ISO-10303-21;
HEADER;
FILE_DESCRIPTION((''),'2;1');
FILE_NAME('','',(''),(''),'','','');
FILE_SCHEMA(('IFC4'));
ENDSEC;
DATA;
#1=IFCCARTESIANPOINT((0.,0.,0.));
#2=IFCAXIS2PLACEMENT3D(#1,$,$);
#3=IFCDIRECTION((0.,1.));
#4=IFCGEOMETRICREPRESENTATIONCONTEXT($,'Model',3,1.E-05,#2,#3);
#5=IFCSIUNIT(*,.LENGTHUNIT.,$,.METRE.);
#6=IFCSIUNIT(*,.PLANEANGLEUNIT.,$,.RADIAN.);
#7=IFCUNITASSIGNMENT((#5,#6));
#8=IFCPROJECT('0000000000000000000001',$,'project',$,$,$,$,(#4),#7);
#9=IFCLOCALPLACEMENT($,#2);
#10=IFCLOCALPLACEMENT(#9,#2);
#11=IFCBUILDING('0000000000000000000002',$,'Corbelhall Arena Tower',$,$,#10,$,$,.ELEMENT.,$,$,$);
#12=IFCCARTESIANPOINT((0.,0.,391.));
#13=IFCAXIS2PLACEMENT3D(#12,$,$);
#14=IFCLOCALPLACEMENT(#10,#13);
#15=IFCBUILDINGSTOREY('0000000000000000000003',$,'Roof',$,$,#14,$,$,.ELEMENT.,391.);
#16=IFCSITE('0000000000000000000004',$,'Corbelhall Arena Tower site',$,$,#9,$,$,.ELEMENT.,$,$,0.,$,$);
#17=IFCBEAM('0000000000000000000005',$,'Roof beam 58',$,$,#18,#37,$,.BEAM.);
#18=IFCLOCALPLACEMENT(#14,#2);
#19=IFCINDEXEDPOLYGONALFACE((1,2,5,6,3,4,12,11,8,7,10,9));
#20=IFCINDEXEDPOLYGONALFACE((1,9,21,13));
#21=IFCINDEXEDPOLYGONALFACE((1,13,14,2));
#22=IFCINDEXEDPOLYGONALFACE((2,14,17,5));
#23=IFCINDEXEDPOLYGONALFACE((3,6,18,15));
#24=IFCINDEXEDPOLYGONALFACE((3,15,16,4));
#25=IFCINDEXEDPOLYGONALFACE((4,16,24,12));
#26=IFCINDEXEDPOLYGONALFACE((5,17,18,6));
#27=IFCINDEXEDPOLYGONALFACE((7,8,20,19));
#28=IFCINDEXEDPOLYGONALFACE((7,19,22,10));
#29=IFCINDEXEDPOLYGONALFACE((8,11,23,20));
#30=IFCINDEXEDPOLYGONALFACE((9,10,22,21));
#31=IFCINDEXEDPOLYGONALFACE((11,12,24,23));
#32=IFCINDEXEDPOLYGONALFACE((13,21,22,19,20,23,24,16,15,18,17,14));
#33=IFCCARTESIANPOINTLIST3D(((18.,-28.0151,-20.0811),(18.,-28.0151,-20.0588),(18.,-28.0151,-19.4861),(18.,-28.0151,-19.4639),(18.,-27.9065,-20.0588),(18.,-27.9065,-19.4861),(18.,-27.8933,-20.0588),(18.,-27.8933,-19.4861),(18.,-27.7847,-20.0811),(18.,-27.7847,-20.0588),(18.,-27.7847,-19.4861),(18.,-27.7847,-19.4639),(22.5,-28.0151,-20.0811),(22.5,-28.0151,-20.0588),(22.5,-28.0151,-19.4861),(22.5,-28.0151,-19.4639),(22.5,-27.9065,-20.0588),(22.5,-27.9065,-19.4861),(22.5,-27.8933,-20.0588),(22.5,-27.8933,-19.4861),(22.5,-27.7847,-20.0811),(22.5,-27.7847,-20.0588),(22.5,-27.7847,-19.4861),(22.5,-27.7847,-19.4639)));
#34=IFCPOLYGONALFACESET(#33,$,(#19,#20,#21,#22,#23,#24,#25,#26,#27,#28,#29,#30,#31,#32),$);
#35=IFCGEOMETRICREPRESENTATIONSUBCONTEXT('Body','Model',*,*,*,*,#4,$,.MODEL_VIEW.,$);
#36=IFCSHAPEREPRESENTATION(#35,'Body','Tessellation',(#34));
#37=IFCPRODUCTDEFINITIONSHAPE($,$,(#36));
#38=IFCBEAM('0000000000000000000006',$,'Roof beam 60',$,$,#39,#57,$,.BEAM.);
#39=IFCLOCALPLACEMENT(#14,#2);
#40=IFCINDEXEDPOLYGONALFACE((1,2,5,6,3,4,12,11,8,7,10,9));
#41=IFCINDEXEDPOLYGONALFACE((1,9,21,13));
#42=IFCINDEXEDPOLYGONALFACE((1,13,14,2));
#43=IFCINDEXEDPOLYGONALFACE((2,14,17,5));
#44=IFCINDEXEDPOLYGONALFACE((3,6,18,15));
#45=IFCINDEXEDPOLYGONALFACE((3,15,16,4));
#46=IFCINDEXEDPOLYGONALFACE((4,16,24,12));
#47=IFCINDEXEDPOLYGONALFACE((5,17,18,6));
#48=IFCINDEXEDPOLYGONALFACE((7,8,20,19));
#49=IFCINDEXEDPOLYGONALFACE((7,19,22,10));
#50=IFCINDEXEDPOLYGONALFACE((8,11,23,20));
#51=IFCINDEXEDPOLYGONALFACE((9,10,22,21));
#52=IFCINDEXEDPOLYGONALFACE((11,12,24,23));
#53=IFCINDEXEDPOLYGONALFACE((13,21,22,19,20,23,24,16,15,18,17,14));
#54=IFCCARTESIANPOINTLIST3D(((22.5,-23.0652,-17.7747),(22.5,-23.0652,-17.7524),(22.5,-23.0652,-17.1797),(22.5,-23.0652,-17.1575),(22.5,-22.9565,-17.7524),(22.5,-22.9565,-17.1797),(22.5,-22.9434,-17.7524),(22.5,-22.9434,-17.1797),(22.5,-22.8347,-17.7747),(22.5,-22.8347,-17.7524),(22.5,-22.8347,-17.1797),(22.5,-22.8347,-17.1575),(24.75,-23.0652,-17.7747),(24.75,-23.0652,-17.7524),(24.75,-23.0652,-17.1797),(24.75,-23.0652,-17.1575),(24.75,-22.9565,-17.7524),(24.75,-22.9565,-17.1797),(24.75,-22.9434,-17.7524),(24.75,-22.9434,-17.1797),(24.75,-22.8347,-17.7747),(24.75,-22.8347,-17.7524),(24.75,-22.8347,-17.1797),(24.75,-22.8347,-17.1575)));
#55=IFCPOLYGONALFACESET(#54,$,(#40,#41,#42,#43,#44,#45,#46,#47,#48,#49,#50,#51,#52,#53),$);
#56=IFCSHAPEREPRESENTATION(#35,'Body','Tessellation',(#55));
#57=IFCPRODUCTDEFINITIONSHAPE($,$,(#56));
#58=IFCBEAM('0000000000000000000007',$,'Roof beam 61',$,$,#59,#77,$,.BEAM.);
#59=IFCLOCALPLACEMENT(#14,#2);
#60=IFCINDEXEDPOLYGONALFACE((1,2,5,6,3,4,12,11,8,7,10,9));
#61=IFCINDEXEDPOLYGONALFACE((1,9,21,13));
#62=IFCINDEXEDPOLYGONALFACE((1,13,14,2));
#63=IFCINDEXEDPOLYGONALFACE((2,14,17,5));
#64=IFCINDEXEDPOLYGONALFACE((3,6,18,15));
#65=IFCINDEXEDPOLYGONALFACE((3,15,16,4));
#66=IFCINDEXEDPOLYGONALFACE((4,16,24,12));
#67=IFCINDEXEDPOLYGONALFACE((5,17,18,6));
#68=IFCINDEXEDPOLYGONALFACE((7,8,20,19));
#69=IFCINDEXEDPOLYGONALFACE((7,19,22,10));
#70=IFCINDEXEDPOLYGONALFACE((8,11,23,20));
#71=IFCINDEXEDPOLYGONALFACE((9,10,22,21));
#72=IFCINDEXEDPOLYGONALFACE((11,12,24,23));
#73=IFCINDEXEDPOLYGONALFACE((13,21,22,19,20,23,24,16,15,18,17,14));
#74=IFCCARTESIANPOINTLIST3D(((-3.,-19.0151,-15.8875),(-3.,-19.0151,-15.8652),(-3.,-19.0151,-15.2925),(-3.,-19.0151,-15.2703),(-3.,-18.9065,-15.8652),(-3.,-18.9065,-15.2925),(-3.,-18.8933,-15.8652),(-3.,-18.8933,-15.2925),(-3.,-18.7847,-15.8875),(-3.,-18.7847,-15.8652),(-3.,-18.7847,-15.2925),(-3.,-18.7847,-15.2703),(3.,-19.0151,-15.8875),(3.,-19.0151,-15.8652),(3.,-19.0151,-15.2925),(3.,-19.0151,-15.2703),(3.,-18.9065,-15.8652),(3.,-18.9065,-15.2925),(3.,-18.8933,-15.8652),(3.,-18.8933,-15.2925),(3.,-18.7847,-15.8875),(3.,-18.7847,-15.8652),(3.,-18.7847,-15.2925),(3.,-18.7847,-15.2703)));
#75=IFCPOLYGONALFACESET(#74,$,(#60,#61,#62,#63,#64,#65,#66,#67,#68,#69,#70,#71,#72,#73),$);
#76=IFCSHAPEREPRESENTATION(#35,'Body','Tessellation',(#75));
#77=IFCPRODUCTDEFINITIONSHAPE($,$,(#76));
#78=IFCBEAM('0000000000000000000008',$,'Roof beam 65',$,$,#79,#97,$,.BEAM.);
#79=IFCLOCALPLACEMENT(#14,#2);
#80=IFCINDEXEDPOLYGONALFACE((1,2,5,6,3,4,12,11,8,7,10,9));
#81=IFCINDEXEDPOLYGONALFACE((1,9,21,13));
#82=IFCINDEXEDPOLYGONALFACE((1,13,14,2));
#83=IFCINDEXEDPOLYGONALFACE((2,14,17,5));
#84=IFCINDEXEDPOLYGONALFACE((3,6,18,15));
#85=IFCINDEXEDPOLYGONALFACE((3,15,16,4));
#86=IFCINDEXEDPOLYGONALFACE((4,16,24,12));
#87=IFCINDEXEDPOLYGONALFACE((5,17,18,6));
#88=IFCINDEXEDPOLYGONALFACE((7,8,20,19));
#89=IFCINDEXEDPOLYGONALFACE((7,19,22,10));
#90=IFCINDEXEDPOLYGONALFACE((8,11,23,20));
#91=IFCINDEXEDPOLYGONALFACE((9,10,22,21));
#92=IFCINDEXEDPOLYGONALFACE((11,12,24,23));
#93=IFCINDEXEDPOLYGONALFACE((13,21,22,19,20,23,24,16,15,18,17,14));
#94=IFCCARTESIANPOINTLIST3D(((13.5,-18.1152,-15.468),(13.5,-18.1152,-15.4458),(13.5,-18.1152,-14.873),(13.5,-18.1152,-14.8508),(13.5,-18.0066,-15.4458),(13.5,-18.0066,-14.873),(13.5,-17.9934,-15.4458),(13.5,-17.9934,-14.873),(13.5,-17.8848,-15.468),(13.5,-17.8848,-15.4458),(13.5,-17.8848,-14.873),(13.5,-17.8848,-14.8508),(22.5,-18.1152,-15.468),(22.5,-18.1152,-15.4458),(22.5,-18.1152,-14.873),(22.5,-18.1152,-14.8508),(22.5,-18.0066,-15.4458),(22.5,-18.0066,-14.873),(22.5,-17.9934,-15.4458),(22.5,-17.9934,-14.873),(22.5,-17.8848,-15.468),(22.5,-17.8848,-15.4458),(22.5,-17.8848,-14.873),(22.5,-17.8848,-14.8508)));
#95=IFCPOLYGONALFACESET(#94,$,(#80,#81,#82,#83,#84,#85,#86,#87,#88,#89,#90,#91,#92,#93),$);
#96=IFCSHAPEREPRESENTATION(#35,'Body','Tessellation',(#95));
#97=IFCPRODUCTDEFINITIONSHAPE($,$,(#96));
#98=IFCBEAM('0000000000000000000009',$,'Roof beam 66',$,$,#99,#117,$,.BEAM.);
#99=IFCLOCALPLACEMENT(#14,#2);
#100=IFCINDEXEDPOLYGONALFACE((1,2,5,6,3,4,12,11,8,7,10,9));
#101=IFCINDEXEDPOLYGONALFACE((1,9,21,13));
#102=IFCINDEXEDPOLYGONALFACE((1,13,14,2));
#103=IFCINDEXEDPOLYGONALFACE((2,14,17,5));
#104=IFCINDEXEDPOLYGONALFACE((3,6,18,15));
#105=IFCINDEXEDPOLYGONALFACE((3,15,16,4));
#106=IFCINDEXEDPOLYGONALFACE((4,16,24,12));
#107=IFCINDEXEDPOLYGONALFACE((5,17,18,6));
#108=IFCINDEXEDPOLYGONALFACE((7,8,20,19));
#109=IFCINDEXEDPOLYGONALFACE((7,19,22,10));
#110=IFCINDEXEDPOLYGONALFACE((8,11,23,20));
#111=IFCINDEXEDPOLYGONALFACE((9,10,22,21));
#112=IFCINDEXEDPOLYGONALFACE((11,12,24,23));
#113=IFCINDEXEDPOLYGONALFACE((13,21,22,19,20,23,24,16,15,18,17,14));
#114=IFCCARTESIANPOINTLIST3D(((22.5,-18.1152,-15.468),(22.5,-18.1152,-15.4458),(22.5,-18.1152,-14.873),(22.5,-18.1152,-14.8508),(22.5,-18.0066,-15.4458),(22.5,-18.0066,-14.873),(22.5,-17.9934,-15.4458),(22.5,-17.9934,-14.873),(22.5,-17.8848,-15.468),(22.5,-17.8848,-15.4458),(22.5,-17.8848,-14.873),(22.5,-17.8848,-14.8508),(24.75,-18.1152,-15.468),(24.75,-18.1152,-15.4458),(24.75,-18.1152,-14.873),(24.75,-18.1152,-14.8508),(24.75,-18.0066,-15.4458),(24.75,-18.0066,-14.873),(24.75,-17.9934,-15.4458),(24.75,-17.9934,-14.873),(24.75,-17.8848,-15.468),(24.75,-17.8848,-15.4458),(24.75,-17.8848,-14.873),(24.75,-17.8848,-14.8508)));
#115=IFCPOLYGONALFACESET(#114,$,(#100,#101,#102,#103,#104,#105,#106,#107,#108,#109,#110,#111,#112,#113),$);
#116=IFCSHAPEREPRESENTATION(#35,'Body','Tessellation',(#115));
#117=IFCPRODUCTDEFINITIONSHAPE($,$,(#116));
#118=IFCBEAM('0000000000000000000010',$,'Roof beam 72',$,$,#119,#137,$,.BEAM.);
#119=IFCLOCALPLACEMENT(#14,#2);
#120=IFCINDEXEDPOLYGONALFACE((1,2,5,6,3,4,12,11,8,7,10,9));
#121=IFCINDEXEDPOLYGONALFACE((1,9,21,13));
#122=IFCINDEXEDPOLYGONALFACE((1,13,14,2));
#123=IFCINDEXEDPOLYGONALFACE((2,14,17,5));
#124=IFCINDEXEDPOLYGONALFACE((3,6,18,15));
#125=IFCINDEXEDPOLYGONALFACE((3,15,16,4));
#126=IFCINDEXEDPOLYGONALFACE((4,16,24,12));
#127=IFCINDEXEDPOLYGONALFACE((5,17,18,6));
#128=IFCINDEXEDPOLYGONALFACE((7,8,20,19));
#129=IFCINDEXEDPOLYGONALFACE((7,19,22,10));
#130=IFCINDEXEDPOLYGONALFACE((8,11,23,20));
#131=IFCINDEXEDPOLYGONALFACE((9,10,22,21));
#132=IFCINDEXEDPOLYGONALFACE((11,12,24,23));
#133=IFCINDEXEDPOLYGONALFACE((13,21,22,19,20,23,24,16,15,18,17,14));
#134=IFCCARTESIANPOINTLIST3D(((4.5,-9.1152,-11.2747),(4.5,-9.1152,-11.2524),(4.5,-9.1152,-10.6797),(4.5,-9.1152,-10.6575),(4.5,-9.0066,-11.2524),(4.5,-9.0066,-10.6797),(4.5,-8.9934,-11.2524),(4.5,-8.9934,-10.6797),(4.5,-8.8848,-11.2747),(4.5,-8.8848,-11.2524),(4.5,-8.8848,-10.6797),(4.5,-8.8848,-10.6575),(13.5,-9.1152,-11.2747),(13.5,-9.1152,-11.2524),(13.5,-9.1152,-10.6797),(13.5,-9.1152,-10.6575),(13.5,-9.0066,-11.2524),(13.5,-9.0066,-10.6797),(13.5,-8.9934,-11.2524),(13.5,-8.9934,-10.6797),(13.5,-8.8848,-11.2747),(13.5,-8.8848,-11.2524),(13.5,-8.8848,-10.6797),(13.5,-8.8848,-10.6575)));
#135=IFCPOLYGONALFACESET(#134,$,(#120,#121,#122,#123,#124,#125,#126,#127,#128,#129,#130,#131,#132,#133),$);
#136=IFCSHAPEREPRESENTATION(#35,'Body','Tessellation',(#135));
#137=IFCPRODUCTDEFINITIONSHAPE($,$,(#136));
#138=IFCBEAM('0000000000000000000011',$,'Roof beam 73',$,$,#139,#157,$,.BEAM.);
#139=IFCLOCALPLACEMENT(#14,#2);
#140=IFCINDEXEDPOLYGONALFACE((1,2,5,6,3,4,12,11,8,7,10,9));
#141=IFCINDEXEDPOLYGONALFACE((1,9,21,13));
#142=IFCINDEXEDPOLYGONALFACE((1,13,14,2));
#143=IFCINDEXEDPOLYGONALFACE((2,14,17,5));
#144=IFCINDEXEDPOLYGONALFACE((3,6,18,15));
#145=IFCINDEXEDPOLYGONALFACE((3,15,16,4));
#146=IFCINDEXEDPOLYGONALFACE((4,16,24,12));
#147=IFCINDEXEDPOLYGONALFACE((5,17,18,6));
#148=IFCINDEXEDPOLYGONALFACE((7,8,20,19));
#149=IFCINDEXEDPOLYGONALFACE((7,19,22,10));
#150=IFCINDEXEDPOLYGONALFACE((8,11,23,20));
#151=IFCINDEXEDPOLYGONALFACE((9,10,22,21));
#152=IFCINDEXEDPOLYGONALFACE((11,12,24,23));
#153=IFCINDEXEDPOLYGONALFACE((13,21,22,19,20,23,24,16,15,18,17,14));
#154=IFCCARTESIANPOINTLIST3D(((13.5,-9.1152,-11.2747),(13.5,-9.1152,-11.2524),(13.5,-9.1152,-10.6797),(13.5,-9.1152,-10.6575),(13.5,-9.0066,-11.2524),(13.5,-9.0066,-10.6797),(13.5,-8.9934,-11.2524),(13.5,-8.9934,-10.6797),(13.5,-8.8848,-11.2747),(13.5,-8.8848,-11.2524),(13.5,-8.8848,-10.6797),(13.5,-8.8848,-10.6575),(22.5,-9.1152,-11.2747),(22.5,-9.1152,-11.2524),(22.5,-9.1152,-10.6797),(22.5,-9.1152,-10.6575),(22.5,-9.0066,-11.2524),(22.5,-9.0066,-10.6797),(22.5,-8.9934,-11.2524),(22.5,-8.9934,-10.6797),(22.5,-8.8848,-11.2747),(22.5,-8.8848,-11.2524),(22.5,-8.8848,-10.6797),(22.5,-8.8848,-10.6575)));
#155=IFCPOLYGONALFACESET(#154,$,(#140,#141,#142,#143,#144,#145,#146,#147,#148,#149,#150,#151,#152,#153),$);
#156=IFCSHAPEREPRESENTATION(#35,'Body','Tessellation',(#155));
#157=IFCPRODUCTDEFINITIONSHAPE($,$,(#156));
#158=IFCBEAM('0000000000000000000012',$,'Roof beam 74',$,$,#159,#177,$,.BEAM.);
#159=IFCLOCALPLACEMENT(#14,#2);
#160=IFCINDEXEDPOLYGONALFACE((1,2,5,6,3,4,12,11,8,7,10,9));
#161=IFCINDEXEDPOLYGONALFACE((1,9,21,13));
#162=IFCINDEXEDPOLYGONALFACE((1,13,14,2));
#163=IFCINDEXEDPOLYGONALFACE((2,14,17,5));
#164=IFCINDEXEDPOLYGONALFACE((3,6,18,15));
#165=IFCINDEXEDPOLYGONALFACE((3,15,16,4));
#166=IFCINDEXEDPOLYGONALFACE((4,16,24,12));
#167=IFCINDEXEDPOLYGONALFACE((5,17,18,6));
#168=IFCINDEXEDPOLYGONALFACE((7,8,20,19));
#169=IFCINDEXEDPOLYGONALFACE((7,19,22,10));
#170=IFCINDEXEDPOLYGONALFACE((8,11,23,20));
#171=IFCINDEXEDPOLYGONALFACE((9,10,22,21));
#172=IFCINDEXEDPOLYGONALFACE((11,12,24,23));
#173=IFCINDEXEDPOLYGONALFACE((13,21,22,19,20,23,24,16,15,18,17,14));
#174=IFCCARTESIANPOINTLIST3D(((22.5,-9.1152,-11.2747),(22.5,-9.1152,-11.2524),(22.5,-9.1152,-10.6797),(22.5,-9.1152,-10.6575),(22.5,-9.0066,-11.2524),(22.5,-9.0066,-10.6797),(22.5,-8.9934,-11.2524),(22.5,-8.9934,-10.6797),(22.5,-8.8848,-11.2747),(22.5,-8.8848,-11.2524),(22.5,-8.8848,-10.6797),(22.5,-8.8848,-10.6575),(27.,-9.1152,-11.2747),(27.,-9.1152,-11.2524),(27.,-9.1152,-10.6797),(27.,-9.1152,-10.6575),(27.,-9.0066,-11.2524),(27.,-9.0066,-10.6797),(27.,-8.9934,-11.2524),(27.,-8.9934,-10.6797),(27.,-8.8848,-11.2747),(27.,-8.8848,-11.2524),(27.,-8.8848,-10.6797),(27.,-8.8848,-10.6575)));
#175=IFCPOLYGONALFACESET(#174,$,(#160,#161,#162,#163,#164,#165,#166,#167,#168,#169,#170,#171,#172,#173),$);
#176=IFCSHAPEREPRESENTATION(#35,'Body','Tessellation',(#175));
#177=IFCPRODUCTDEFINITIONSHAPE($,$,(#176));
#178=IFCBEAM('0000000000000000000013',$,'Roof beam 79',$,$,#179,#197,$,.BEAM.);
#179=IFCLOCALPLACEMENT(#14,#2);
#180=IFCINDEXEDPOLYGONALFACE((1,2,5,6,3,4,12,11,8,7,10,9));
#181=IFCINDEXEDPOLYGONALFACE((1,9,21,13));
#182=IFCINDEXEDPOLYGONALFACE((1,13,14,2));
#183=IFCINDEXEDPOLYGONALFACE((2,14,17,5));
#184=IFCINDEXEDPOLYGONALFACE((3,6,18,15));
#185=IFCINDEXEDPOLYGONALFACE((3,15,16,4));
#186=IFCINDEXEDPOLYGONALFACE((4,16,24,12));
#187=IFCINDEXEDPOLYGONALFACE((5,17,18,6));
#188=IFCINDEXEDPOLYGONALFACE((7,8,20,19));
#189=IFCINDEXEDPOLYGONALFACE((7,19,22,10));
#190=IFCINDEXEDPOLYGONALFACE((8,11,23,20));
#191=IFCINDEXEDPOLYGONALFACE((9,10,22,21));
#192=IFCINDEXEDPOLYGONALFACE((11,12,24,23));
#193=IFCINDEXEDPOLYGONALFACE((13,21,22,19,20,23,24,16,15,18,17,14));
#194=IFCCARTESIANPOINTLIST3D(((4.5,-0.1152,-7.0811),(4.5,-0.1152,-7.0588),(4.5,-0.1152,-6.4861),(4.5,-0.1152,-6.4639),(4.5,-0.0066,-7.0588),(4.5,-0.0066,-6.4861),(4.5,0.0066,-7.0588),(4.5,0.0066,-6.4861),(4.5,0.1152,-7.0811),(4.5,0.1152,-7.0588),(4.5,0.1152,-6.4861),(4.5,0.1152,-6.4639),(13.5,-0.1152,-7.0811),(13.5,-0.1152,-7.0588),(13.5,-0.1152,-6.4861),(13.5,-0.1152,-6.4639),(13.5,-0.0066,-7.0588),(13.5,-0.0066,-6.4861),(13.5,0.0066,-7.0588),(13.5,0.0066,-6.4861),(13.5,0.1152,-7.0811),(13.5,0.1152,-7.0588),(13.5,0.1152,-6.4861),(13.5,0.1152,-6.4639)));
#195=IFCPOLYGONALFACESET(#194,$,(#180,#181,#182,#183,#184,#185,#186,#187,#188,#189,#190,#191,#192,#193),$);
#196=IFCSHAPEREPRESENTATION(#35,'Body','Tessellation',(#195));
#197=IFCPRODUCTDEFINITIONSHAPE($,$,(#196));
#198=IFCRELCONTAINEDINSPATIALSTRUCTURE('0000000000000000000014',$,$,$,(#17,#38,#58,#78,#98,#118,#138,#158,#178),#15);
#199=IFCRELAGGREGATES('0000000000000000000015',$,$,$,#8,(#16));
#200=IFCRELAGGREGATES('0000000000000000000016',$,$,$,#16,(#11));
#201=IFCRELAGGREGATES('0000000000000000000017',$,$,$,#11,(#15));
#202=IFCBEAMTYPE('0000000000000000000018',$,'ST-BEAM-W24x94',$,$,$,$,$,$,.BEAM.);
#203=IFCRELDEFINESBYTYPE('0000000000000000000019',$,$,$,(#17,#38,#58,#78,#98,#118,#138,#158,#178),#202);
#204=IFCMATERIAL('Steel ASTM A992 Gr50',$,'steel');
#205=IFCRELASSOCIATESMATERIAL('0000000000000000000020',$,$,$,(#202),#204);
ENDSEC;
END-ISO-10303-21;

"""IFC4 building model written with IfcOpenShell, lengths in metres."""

from ifc_helpers import new_model, si_unit, direction, frame, origin, origin_2d, place, context, subcontext, project, spatial, i_section, extrude, material, material_profile, profile_set, type_object, element, save


model = new_model("IFC4")

# Units and contexts
model_context = context("Model", 3, precision=1e-05, world=origin(), true_north=direction((0.0, 1.0)))
body_context = subcontext(model_context, "Body", "Model", "MODEL_VIEW")
ifc_project = project(units=[si_unit("LENGTHUNIT", "METRE"), si_unit("PLANEANGLEUNIT", "RADIAN")], contexts=[model_context])

# Site, building, storey
site_placement = place(None, origin())
site = spatial("IfcSite", under=ifc_project, at=site_placement, Name="Corbelhall Arena Tower site", CompositionType="ELEMENT", RefElevation=0.0)
building_placement = place(site_placement, origin())
building = spatial("IfcBuilding", under=site, at=building_placement, Name="Corbelhall Arena Tower", CompositionType="ELEMENT")
storey_placement = place(building_placement, frame((0.0, 0.0, 391.0)))
storey = spatial("IfcBuildingStorey", under=building, at=storey_placement, Name="Roof", CompositionType="ELEMENT", Elevation=391.0)

# Beams
ifc_material_1 = material(Name="Steel ASTM A992 Gr50", Category="steel")
ifc_material_profile_1 = material_profile(ifc_material_1, i_section(OverallWidth=0.2305, OverallDepth=0.6172, WebThickness=0.0132, FlangeThickness=0.0222, at=origin_2d()))
ifc_profile_set_1 = profile_set([ifc_material_profile_1], Name="Steel ASTM A992 Gr50")
beam_type = type_object("IfcBeamType", Name="ST-BEAM-W24x94", PredefinedType="BEAM", material=ifc_profile_set_1)
for number, where, z_axis, x_axis, name in (
    (1, (18.0, -27.8999, -19.7725), (1.0, 0.0, 0.0), (0.0, 1.0, 0.0), "Roof beam 58"),
):
    element("IfcBeam", number, at=place(storey_placement, frame(where, z_axis=z_axis, x_axis=x_axis)), inside=storey, type_object=beam_type, Name=name, PredefinedType="BEAM", context=body_context, shape_type="SweptSolid", body=[
        extrude(i_section(OverallWidth=0.2305, OverallDepth=0.6172, WebThickness=0.0132, FlangeThickness=0.0222, at=origin_2d()), origin(), (0.0, 0.0, 1.0), 4.5),
    ])
beam_1_placement = place(storey_placement, frame((22.5, -22.95, -17.4661), z_axis=(1.0, 0.0, 0.0), x_axis=(0.0, 1.0, 0.0)))
element("IfcBeam", 2, at=beam_1_placement, inside=storey, type_object=beam_type, Name="Roof beam 60", PredefinedType="BEAM", context=body_context, shape_type="SweptSolid", body=[
    extrude(i_section(OverallWidth=0.2305, OverallDepth=0.6172, WebThickness=0.0132, FlangeThickness=0.0222, at=origin_2d()), origin(), (0.0, 0.0, 1.0), 2.25),
])
beam_2_placement = place(storey_placement, frame((-3.0, -18.8999, -15.5789), z_axis=(1.0, 0.0, 0.0), x_axis=(0.0, 1.0, 0.0)))
element("IfcBeam", 3, at=beam_2_placement, inside=storey, type_object=beam_type, Name="Roof beam 61", PredefinedType="BEAM", context=body_context, shape_type="SweptSolid", body=[
    extrude(i_section(OverallWidth=0.2305, OverallDepth=0.6172, WebThickness=0.0132, FlangeThickness=0.0222, at=origin_2d()), origin(), (0.0, 0.0, 1.0), 6.0),
])
beam_3_placement = place(storey_placement, frame((13.5, -18.0, -15.1594), z_axis=(1.0, 0.0, 0.0), x_axis=(0.0, 1.0, 0.0)))
element("IfcBeam", 4, at=beam_3_placement, inside=storey, type_object=beam_type, Name="Roof beam 65", PredefinedType="BEAM", context=body_context, shape_type="SweptSolid", body=[
    extrude(i_section(OverallWidth=0.2305, OverallDepth=0.6172, WebThickness=0.0132, FlangeThickness=0.0222, at=origin_2d()), origin(), (0.0, 0.0, 1.0), 9.0),
])
beam_4_placement = place(storey_placement, frame((22.5, -18.0, -15.1594), z_axis=(1.0, 0.0, 0.0), x_axis=(0.0, 1.0, 0.0)))
element("IfcBeam", 5, at=beam_4_placement, inside=storey, type_object=beam_type, Name="Roof beam 66", PredefinedType="BEAM", context=body_context, shape_type="SweptSolid", body=[
    extrude(i_section(OverallWidth=0.2305, OverallDepth=0.6172, WebThickness=0.0132, FlangeThickness=0.0222, at=origin_2d()), origin(), (0.0, 0.0, 1.0), 2.25),
])
for number, where, z_axis, x_axis, name in (
    (6, (4.5, -9.0, -10.9661), (1.0, 0.0, 0.0), (0.0, 1.0, 0.0), "Roof beam 72"),
    (7, (13.5, -9.0, -10.9661), (1.0, 0.0, 0.0), (0.0, 1.0, 0.0), "Roof beam 73"),
):
    element("IfcBeam", number, at=place(storey_placement, frame(where, z_axis=z_axis, x_axis=x_axis)), inside=storey, type_object=beam_type, Name=name, PredefinedType="BEAM", context=body_context, shape_type="SweptSolid", body=[
        extrude(i_section(OverallWidth=0.2305, OverallDepth=0.6172, WebThickness=0.0132, FlangeThickness=0.0222, at=origin_2d()), origin(), (0.0, 0.0, 1.0), 9.0),
    ])
beam_5_placement = place(storey_placement, frame((22.5, -9.0, -10.9661), z_axis=(1.0, 0.0, 0.0), x_axis=(0.0, 1.0, 0.0)))
element("IfcBeam", 8, at=beam_5_placement, inside=storey, type_object=beam_type, Name="Roof beam 74", PredefinedType="BEAM", context=body_context, shape_type="SweptSolid", body=[
    extrude(i_section(OverallWidth=0.2305, OverallDepth=0.6172, WebThickness=0.0132, FlangeThickness=0.0222, at=origin_2d()), origin(), (0.0, 0.0, 1.0), 4.5),
])
for number, where, z_axis, x_axis, name in (
    (9, (4.5, 0.0, -6.7725), (1.0, 0.0, 0.0), (0.0, 1.0, 0.0), "Roof beam 79"),
):
    element("IfcBeam", number, at=place(storey_placement, frame(where, z_axis=z_axis, x_axis=x_axis)), inside=storey, type_object=beam_type, Name=name, PredefinedType="BEAM", context=body_context, shape_type="SweptSolid", body=[
        extrude(i_section(OverallWidth=0.2305, OverallDepth=0.6172, WebThickness=0.0132, FlangeThickness=0.0222, at=origin_2d()), origin(), (0.0, 0.0, 1.0), 9.0),
    ])

save(model, "model.ifc")
